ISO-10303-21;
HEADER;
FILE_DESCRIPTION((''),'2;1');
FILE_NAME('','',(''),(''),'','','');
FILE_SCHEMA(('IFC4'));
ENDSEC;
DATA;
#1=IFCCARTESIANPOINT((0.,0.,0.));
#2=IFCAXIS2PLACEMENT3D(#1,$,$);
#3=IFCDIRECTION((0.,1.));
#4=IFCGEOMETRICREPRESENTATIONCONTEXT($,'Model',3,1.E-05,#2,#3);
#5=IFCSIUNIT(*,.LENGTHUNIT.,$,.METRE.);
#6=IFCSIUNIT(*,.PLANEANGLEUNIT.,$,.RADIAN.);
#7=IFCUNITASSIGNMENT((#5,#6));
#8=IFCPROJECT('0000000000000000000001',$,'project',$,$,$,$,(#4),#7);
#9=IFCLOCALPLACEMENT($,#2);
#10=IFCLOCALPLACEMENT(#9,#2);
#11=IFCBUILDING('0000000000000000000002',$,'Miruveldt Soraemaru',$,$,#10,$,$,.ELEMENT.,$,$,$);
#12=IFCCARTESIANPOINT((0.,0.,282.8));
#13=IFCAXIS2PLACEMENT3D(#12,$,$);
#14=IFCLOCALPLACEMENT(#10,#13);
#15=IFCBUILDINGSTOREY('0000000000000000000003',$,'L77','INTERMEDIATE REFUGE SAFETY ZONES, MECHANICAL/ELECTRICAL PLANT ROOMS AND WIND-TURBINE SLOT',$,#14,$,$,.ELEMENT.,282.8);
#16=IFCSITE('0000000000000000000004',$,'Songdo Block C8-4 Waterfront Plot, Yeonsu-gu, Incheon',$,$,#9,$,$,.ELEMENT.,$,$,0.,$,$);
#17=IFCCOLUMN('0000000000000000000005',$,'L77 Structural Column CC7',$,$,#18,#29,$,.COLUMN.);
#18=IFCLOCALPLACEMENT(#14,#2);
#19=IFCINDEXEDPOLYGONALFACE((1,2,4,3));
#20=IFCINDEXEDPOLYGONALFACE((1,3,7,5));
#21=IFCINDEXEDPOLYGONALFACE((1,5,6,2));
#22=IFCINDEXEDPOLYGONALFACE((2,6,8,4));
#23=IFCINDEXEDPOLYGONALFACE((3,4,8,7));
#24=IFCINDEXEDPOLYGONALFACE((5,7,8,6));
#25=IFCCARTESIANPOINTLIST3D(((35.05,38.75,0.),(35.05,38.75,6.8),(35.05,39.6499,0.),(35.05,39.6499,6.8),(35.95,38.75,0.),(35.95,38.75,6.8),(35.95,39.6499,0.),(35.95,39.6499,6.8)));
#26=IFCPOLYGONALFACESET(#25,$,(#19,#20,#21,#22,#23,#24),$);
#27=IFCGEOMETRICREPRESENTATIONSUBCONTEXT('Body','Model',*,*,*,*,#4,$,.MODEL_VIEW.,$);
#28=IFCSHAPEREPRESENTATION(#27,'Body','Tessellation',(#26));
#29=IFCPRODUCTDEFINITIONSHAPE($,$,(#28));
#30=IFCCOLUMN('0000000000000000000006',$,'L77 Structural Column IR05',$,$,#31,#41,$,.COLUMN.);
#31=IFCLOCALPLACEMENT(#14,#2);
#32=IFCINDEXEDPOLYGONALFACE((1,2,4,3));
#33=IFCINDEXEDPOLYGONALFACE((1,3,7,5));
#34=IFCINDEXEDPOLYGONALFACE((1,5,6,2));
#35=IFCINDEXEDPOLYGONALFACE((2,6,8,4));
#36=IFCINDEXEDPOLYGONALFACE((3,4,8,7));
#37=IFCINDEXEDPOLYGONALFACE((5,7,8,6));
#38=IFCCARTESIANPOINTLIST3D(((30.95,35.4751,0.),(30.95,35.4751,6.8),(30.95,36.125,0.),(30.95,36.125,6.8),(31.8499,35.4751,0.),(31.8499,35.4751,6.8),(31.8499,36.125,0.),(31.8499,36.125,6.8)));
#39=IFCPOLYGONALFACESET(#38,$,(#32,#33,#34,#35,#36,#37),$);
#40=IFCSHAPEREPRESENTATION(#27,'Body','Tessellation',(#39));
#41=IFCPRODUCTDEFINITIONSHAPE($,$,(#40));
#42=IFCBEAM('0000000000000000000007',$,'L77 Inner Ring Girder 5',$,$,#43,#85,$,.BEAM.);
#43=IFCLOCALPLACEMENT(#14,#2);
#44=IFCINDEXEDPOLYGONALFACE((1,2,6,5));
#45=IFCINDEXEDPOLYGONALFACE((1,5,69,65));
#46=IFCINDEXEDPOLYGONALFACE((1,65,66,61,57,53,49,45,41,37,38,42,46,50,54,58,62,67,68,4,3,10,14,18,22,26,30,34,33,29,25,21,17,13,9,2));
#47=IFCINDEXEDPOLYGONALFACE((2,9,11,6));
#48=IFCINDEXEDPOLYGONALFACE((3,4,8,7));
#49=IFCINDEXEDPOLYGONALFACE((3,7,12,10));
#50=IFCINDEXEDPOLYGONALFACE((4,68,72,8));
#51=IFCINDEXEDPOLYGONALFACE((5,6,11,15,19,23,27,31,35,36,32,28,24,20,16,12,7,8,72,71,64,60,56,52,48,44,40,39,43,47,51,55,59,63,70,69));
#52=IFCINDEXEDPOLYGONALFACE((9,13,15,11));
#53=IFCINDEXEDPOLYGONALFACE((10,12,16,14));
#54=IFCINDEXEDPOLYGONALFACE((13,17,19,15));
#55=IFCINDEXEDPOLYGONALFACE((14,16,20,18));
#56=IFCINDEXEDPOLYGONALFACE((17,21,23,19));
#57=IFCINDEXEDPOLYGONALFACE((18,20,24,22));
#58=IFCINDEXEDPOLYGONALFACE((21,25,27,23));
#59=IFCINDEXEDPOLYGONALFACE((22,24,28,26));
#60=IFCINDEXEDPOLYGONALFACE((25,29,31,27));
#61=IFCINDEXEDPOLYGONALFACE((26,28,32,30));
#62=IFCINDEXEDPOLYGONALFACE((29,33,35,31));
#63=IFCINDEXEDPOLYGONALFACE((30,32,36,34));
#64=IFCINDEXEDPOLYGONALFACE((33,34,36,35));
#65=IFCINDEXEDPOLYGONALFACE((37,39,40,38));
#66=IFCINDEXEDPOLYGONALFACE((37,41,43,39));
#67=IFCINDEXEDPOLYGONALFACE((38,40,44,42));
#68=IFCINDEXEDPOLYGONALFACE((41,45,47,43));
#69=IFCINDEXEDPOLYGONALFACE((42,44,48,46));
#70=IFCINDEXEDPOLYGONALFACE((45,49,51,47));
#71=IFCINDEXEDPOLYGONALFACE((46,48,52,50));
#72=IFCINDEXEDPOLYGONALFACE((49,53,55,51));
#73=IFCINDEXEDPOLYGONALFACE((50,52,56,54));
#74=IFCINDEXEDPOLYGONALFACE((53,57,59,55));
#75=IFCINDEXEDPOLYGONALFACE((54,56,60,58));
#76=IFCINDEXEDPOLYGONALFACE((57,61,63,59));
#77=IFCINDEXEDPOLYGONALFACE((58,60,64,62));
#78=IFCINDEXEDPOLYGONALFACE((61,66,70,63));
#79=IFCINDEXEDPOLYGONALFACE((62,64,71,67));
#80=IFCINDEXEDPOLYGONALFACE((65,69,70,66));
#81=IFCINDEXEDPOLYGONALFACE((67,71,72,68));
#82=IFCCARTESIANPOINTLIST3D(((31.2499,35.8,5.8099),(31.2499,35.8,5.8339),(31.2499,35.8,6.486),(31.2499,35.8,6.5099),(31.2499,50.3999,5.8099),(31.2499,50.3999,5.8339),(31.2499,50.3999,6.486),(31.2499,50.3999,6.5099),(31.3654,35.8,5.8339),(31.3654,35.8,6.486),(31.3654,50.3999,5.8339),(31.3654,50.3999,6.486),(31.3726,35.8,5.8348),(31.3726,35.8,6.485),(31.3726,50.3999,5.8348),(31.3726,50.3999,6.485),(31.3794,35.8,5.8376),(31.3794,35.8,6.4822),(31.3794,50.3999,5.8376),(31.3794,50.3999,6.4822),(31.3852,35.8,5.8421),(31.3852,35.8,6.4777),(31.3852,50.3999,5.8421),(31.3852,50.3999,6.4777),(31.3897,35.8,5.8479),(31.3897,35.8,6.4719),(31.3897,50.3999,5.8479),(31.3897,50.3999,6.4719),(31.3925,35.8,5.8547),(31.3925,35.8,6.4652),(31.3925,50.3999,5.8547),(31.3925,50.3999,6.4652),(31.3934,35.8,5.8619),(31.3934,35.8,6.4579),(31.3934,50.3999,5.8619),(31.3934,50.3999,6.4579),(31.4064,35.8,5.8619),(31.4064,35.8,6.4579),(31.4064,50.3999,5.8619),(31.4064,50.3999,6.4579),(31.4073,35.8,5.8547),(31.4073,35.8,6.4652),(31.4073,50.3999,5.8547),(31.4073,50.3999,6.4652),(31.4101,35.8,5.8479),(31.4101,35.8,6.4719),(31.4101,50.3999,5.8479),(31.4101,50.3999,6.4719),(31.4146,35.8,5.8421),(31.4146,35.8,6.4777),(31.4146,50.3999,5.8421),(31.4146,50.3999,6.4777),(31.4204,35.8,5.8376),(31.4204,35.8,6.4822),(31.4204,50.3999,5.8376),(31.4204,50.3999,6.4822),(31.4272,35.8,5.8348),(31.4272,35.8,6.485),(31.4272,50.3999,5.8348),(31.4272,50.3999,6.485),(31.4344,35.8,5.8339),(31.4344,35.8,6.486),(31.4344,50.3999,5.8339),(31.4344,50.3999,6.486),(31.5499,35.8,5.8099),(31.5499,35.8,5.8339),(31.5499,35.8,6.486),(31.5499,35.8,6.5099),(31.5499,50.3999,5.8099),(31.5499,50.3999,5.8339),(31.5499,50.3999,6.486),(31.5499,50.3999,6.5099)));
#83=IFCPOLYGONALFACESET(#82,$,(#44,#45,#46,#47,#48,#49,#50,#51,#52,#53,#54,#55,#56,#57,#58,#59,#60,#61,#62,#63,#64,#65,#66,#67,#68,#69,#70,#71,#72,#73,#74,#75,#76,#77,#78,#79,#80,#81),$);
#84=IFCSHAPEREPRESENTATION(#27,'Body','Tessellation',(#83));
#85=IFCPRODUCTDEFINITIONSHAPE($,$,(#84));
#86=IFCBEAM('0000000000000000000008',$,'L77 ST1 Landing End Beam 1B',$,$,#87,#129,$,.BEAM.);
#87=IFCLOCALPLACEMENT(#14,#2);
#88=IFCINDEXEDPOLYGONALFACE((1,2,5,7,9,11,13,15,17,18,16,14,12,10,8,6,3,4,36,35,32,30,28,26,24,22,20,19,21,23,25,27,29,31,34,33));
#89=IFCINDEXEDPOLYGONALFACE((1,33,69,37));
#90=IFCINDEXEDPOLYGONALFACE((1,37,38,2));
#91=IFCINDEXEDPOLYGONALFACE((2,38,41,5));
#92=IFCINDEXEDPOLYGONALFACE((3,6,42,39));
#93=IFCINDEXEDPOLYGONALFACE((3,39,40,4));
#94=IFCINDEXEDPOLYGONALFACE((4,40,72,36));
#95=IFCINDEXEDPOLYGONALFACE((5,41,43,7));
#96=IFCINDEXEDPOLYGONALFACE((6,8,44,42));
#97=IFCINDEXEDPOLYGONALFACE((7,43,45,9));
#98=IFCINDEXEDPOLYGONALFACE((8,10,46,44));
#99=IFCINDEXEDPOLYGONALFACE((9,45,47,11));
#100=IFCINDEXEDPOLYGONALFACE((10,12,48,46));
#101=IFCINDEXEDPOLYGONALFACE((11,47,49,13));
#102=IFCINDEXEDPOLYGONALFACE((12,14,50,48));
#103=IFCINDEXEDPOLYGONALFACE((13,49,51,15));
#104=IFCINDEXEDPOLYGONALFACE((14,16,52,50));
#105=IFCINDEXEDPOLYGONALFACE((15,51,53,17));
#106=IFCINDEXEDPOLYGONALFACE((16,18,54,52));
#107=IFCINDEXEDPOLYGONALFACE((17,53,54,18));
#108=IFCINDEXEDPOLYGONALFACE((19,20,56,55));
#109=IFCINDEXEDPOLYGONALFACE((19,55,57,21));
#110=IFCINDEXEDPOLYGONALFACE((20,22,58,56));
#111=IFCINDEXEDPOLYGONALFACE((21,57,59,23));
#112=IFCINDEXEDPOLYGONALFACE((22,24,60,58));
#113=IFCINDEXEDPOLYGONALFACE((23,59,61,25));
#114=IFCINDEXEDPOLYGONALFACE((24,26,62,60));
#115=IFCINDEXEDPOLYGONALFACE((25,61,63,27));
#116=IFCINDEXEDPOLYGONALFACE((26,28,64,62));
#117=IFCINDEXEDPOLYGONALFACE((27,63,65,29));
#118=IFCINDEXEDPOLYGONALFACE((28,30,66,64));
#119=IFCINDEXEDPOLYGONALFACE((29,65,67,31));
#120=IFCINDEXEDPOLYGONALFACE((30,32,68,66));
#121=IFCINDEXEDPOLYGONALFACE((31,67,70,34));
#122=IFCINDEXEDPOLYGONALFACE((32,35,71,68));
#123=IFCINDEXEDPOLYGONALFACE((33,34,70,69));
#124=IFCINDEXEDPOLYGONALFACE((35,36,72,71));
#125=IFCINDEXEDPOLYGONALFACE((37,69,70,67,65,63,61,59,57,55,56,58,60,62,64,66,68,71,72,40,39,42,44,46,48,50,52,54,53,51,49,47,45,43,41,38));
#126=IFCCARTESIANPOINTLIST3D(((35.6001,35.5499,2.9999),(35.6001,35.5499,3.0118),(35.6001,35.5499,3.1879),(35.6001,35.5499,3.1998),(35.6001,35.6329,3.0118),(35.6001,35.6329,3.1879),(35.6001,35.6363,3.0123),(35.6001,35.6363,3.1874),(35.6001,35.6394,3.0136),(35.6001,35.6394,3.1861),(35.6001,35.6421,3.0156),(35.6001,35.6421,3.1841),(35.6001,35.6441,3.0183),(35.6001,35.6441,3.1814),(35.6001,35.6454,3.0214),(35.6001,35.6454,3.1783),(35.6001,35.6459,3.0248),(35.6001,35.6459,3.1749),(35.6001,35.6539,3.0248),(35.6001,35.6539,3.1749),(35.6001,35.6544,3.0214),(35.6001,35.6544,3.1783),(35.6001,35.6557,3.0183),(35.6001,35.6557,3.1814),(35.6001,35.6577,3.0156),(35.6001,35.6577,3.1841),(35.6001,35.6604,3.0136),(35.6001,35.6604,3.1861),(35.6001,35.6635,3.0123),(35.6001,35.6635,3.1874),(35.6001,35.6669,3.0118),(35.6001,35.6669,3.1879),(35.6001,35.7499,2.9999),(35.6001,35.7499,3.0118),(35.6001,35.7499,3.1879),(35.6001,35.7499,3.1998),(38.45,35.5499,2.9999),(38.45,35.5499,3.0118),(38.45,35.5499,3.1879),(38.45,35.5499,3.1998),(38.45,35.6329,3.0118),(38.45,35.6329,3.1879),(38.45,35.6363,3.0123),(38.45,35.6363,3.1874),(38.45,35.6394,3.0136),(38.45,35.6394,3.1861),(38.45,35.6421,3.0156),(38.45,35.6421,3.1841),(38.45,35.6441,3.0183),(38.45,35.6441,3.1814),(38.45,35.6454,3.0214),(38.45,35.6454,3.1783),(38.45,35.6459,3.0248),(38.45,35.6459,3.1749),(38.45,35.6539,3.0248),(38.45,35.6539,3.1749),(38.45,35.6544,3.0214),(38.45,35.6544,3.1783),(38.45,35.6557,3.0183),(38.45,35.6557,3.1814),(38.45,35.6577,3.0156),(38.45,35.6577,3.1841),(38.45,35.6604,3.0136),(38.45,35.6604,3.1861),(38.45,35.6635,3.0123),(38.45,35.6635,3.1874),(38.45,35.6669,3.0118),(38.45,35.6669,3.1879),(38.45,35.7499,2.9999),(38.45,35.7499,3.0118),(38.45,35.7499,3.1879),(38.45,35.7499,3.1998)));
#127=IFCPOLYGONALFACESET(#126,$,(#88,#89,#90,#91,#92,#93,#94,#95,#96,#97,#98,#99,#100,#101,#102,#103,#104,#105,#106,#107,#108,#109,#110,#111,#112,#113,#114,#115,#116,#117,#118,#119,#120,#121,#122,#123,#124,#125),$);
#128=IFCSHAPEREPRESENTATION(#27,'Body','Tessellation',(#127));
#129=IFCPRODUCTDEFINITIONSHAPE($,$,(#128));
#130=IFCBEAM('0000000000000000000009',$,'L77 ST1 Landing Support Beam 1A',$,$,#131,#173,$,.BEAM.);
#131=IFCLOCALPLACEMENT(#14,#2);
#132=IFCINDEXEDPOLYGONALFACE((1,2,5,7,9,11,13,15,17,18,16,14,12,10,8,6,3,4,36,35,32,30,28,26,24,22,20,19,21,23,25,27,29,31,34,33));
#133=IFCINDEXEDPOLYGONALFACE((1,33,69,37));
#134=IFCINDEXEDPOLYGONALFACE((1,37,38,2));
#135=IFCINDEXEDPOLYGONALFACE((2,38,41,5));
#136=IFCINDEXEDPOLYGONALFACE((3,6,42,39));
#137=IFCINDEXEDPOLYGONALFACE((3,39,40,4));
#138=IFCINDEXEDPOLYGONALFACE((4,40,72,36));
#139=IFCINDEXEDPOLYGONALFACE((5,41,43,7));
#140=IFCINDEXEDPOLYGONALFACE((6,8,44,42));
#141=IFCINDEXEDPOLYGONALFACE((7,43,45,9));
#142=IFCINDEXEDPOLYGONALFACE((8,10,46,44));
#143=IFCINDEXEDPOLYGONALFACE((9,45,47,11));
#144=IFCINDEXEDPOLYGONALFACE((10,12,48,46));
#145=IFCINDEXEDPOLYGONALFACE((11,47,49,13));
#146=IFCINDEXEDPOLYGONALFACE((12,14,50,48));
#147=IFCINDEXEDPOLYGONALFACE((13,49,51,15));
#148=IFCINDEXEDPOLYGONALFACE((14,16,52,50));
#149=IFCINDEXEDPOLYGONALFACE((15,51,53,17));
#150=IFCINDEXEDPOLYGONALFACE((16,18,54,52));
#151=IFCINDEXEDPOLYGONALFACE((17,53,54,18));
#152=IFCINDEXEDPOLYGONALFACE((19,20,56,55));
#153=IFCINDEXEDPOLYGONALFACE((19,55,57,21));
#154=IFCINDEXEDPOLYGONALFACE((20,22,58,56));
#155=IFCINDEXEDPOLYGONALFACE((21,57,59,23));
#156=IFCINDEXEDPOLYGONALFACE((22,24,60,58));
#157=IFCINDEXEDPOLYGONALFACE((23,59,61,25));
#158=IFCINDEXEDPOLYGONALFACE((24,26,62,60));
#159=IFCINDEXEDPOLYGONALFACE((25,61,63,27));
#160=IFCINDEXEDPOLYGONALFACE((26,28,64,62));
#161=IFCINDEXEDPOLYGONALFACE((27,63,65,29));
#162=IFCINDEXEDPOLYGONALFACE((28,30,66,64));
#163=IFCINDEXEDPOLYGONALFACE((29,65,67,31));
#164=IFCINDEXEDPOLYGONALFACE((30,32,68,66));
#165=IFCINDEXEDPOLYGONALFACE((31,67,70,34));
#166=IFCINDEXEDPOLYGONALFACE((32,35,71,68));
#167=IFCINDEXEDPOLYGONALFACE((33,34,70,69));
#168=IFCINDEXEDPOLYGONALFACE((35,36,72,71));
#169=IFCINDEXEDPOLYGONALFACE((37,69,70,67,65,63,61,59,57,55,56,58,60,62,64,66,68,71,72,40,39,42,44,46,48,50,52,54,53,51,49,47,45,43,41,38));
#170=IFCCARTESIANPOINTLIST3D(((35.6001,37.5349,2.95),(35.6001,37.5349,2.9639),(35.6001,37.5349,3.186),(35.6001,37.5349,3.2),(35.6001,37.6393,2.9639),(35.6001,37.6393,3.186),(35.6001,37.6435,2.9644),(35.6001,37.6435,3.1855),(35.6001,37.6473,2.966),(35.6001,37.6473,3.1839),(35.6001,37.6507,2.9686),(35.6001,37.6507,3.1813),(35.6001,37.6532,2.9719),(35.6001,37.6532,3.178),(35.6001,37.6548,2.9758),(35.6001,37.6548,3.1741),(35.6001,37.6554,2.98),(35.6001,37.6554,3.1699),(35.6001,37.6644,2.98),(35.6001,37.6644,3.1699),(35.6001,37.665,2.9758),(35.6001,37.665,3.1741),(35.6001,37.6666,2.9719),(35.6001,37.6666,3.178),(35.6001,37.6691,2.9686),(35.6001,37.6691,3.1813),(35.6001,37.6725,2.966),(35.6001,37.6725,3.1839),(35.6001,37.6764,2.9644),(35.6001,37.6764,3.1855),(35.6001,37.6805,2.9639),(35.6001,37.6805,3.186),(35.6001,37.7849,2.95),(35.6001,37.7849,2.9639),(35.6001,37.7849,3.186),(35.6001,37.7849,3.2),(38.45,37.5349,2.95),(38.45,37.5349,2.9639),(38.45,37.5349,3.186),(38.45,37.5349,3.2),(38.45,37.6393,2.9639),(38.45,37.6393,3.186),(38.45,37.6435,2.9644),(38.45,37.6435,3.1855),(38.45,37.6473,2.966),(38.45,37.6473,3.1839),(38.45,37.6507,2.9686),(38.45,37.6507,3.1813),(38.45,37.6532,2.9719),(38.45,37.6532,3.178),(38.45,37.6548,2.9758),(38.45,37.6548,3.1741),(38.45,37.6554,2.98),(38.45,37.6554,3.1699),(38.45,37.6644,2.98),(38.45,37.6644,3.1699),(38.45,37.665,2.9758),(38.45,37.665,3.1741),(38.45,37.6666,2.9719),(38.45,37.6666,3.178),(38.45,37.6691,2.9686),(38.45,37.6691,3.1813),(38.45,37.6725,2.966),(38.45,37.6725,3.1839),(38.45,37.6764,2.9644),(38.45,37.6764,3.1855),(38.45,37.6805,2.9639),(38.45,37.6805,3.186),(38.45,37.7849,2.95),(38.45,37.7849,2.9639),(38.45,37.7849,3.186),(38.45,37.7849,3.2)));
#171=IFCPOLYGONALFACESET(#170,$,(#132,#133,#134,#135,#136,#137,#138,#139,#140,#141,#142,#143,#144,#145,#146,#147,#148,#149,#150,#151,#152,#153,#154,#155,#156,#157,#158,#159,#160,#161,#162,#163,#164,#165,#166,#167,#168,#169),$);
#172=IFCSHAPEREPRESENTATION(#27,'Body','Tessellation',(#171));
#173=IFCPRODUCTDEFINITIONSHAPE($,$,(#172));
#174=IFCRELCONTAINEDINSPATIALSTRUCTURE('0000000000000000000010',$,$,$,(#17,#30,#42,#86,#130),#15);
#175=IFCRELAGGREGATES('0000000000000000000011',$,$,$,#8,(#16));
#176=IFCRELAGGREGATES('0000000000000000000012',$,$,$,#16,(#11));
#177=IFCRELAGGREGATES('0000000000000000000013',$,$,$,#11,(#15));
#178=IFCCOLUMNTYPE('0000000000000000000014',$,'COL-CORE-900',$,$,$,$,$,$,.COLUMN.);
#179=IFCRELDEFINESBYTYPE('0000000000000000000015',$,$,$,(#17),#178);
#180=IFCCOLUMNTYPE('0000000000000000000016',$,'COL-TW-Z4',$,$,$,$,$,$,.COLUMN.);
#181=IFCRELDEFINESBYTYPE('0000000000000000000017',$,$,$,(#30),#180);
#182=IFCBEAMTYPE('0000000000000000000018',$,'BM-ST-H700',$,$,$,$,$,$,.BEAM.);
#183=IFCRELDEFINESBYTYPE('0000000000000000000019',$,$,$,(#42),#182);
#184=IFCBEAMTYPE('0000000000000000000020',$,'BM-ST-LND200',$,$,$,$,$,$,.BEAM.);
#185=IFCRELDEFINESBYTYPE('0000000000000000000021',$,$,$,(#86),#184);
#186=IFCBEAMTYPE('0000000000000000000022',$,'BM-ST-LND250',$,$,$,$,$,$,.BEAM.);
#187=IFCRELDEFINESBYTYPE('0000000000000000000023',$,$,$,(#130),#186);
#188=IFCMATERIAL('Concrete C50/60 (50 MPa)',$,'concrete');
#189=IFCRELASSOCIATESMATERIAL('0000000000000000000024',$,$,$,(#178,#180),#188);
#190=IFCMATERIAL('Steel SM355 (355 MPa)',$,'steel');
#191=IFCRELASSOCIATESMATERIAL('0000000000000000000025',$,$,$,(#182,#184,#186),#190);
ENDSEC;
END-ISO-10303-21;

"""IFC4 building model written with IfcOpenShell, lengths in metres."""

from ifc_helpers import new_model, si_unit, direction, frame, origin, origin_2d, place, context, subcontext, project, spatial, rectangle, i_section, extrude, material, material_profile, profile_set, type_object, element, save


model = new_model("IFC4")

# Units and contexts
model_context = context("Model", 3, precision=1e-05, world=origin(), true_north=direction((0.0, 1.0)))
body_context = subcontext(model_context, "Body", "Model", "MODEL_VIEW")
ifc_project = project(units=[si_unit("LENGTHUNIT", "METRE"), si_unit("PLANEANGLEUNIT", "RADIAN")], contexts=[model_context])

# Site, building, storey
site_placement = place(None, origin())
site = spatial("IfcSite", under=ifc_project, at=site_placement, Name="Songdo Block C8-4 Waterfront Plot, Yeonsu-gu, Incheon", CompositionType="ELEMENT", RefElevation=0.0)
building_placement = place(site_placement, origin())
building = spatial("IfcBuilding", under=site, at=building_placement, Name="Miruveldt Soraemaru", CompositionType="ELEMENT")
storey_placement = place(building_placement, frame((0.0, 0.0, 282.8)))
storey = spatial("IfcBuildingStorey", under=building, at=storey_placement, Name="L77", Description="INTERMEDIATE REFUGE SAFETY ZONES, MECHANICAL/ELECTRICAL PLANT ROOMS AND WIND-TURBINE SLOT", CompositionType="ELEMENT", Elevation=282.8)

# Columns
ifc_material_1 = material(Name="Concrete C50/60 (50 MPa)", Category="concrete")
ifc_material_profile_1 = material_profile(ifc_material_1, rectangle(XDim=0.8999, YDim=0.8999, at=origin_2d()), Name="Concrete C50/60 (50 MPa)", Category="concrete")
ifc_profile_set_1 = profile_set([ifc_material_profile_1], Name="Concrete C50/60 (50 MPa)")
column_type_1 = type_object("IfcColumnType", Name="COL-CORE-900", PredefinedType="COLUMN", material=ifc_profile_set_1)
column_1_placement = place(storey_placement, frame((35.5, 39.2, 0.0), z_axis=(0.0, 0.0, 1.0), x_axis=(1.0, 0.0, 0.0)))
element("IfcColumn", 1, at=column_1_placement, inside=storey, type_object=column_type_1, Name="L77 Structural Column CC7", PredefinedType="COLUMN", context=body_context, shape_type="SweptSolid", body=[
    extrude(rectangle(XDim=0.8999, YDim=0.8999, at=origin_2d()), origin(), (0.0, 0.0, 1.0), 6.8),
])
ifc_material_profile_2 = material_profile(ifc_material_1, rectangle(XDim=0.8999, YDim=0.6499, at=origin_2d()), Name="Concrete C50/60 (50 MPa)", Category="concrete")
ifc_profile_set_2 = profile_set([ifc_material_profile_2], Name="Concrete C50/60 (50 MPa)")
column_type_2 = type_object("IfcColumnType", Name="COL-TW-Z4", PredefinedType="COLUMN", material=ifc_profile_set_2)
column_2_placement = place(storey_placement, frame((31.3999, 35.8, 0.0), z_axis=(0.0, 0.0, 1.0), x_axis=(1.0, 0.0, 0.0)))
element("IfcColumn", 2, at=column_2_placement, inside=storey, type_object=column_type_2, Name="L77 Structural Column IR05", PredefinedType="COLUMN", context=body_context, shape_type="SweptSolid", body=[
    extrude(rectangle(XDim=0.8999, YDim=0.6499, at=origin_2d()), origin(), (0.0, 0.0, 1.0), 6.8),
])

# Beams
ifc_material_2 = material(Name="Steel SM355 (355 MPa)", Category="steel")
ifc_material_profile_3 = material_profile(ifc_material_2, i_section(OverallWidth=0.3, OverallDepth=0.7, WebThickness=0.0129, FlangeThickness=0.0239, FilletRadius=0.0281, at=origin_2d()), Name="Steel SM355 (355 MPa)", Category="steel")
ifc_profile_set_3 = profile_set([ifc_material_profile_3], Name="Steel SM355 (355 MPa)")
beam_type_1 = type_object("IfcBeamType", Name="BM-ST-H700", PredefinedType="BEAM", material=ifc_profile_set_3)
beam_1_placement = place(storey_placement, frame((31.3999, 35.8, 6.1599), z_axis=(0.0, 1.0, 0.0), x_axis=(-1.0, 0.0, 0.0)))
element("IfcBeam", 3, at=beam_1_placement, inside=storey, type_object=beam_type_1, Name="L77 Inner Ring Girder 5", PredefinedType="BEAM", context=body_context, shape_type="SweptSolid", body=[
    extrude(i_section(OverallWidth=0.3, OverallDepth=0.7, WebThickness=0.0129, FlangeThickness=0.0239, FilletRadius=0.0281, at=origin_2d()), origin(), (0.0, 0.0, 1.0), 14.5999),
])
ifc_material_profile_4 = material_profile(ifc_material_2, i_section(OverallWidth=0.2, OverallDepth=0.2, WebThickness=0.0081, FlangeThickness=0.012, FilletRadius=0.0129, at=origin_2d()), Name="Steel SM355 (355 MPa)", Category="steel")
ifc_profile_set_4 = profile_set([ifc_material_profile_4], Name="Steel SM355 (355 MPa)")
beam_type_2 = type_object("IfcBeamType", Name="BM-ST-LND200", PredefinedType="BEAM", material=ifc_profile_set_4)
beam_2_placement = place(storey_placement, frame((35.6001, 35.6499, 3.0999), z_axis=(1.0, 0.0, 0.0), x_axis=(0.0, 1.0, 0.0)))
element("IfcBeam", 4, at=beam_2_placement, inside=storey, type_object=beam_type_2, Name="L77 ST1 Landing End Beam 1B", PredefinedType="BEAM", context=body_context, shape_type="SweptSolid", body=[
    extrude(i_section(OverallWidth=0.2, OverallDepth=0.2, WebThickness=0.0081, FlangeThickness=0.012, FilletRadius=0.0129, at=origin_2d()), origin(), (0.0, 0.0, 1.0), 2.8499),
])
ifc_material_profile_5 = material_profile(ifc_material_2, i_section(OverallWidth=0.25, OverallDepth=0.25, WebThickness=0.009, FlangeThickness=0.0139, FilletRadius=0.0161, at=origin_2d()), Name="Steel SM355 (355 MPa)", Category="steel")
ifc_profile_set_5 = profile_set([ifc_material_profile_5], Name="Steel SM355 (355 MPa)")
beam_type_3 = type_object("IfcBeamType", Name="BM-ST-LND250", PredefinedType="BEAM", material=ifc_profile_set_5)
beam_3_placement = place(storey_placement, frame((35.6001, 37.6599, 3.075), z_axis=(1.0, 0.0, 0.0), x_axis=(0.0, 1.0, 0.0)))
element("IfcBeam", 5, at=beam_3_placement, inside=storey, type_object=beam_type_3, Name="L77 ST1 Landing Support Beam 1A", PredefinedType="BEAM", context=body_context, shape_type="SweptSolid", body=[
    extrude(i_section(OverallWidth=0.25, OverallDepth=0.25, WebThickness=0.009, FlangeThickness=0.0139, FilletRadius=0.0161, at=origin_2d()), origin(), (0.0, 0.0, 1.0), 2.8499),
])

save(model, "model.ifc")
